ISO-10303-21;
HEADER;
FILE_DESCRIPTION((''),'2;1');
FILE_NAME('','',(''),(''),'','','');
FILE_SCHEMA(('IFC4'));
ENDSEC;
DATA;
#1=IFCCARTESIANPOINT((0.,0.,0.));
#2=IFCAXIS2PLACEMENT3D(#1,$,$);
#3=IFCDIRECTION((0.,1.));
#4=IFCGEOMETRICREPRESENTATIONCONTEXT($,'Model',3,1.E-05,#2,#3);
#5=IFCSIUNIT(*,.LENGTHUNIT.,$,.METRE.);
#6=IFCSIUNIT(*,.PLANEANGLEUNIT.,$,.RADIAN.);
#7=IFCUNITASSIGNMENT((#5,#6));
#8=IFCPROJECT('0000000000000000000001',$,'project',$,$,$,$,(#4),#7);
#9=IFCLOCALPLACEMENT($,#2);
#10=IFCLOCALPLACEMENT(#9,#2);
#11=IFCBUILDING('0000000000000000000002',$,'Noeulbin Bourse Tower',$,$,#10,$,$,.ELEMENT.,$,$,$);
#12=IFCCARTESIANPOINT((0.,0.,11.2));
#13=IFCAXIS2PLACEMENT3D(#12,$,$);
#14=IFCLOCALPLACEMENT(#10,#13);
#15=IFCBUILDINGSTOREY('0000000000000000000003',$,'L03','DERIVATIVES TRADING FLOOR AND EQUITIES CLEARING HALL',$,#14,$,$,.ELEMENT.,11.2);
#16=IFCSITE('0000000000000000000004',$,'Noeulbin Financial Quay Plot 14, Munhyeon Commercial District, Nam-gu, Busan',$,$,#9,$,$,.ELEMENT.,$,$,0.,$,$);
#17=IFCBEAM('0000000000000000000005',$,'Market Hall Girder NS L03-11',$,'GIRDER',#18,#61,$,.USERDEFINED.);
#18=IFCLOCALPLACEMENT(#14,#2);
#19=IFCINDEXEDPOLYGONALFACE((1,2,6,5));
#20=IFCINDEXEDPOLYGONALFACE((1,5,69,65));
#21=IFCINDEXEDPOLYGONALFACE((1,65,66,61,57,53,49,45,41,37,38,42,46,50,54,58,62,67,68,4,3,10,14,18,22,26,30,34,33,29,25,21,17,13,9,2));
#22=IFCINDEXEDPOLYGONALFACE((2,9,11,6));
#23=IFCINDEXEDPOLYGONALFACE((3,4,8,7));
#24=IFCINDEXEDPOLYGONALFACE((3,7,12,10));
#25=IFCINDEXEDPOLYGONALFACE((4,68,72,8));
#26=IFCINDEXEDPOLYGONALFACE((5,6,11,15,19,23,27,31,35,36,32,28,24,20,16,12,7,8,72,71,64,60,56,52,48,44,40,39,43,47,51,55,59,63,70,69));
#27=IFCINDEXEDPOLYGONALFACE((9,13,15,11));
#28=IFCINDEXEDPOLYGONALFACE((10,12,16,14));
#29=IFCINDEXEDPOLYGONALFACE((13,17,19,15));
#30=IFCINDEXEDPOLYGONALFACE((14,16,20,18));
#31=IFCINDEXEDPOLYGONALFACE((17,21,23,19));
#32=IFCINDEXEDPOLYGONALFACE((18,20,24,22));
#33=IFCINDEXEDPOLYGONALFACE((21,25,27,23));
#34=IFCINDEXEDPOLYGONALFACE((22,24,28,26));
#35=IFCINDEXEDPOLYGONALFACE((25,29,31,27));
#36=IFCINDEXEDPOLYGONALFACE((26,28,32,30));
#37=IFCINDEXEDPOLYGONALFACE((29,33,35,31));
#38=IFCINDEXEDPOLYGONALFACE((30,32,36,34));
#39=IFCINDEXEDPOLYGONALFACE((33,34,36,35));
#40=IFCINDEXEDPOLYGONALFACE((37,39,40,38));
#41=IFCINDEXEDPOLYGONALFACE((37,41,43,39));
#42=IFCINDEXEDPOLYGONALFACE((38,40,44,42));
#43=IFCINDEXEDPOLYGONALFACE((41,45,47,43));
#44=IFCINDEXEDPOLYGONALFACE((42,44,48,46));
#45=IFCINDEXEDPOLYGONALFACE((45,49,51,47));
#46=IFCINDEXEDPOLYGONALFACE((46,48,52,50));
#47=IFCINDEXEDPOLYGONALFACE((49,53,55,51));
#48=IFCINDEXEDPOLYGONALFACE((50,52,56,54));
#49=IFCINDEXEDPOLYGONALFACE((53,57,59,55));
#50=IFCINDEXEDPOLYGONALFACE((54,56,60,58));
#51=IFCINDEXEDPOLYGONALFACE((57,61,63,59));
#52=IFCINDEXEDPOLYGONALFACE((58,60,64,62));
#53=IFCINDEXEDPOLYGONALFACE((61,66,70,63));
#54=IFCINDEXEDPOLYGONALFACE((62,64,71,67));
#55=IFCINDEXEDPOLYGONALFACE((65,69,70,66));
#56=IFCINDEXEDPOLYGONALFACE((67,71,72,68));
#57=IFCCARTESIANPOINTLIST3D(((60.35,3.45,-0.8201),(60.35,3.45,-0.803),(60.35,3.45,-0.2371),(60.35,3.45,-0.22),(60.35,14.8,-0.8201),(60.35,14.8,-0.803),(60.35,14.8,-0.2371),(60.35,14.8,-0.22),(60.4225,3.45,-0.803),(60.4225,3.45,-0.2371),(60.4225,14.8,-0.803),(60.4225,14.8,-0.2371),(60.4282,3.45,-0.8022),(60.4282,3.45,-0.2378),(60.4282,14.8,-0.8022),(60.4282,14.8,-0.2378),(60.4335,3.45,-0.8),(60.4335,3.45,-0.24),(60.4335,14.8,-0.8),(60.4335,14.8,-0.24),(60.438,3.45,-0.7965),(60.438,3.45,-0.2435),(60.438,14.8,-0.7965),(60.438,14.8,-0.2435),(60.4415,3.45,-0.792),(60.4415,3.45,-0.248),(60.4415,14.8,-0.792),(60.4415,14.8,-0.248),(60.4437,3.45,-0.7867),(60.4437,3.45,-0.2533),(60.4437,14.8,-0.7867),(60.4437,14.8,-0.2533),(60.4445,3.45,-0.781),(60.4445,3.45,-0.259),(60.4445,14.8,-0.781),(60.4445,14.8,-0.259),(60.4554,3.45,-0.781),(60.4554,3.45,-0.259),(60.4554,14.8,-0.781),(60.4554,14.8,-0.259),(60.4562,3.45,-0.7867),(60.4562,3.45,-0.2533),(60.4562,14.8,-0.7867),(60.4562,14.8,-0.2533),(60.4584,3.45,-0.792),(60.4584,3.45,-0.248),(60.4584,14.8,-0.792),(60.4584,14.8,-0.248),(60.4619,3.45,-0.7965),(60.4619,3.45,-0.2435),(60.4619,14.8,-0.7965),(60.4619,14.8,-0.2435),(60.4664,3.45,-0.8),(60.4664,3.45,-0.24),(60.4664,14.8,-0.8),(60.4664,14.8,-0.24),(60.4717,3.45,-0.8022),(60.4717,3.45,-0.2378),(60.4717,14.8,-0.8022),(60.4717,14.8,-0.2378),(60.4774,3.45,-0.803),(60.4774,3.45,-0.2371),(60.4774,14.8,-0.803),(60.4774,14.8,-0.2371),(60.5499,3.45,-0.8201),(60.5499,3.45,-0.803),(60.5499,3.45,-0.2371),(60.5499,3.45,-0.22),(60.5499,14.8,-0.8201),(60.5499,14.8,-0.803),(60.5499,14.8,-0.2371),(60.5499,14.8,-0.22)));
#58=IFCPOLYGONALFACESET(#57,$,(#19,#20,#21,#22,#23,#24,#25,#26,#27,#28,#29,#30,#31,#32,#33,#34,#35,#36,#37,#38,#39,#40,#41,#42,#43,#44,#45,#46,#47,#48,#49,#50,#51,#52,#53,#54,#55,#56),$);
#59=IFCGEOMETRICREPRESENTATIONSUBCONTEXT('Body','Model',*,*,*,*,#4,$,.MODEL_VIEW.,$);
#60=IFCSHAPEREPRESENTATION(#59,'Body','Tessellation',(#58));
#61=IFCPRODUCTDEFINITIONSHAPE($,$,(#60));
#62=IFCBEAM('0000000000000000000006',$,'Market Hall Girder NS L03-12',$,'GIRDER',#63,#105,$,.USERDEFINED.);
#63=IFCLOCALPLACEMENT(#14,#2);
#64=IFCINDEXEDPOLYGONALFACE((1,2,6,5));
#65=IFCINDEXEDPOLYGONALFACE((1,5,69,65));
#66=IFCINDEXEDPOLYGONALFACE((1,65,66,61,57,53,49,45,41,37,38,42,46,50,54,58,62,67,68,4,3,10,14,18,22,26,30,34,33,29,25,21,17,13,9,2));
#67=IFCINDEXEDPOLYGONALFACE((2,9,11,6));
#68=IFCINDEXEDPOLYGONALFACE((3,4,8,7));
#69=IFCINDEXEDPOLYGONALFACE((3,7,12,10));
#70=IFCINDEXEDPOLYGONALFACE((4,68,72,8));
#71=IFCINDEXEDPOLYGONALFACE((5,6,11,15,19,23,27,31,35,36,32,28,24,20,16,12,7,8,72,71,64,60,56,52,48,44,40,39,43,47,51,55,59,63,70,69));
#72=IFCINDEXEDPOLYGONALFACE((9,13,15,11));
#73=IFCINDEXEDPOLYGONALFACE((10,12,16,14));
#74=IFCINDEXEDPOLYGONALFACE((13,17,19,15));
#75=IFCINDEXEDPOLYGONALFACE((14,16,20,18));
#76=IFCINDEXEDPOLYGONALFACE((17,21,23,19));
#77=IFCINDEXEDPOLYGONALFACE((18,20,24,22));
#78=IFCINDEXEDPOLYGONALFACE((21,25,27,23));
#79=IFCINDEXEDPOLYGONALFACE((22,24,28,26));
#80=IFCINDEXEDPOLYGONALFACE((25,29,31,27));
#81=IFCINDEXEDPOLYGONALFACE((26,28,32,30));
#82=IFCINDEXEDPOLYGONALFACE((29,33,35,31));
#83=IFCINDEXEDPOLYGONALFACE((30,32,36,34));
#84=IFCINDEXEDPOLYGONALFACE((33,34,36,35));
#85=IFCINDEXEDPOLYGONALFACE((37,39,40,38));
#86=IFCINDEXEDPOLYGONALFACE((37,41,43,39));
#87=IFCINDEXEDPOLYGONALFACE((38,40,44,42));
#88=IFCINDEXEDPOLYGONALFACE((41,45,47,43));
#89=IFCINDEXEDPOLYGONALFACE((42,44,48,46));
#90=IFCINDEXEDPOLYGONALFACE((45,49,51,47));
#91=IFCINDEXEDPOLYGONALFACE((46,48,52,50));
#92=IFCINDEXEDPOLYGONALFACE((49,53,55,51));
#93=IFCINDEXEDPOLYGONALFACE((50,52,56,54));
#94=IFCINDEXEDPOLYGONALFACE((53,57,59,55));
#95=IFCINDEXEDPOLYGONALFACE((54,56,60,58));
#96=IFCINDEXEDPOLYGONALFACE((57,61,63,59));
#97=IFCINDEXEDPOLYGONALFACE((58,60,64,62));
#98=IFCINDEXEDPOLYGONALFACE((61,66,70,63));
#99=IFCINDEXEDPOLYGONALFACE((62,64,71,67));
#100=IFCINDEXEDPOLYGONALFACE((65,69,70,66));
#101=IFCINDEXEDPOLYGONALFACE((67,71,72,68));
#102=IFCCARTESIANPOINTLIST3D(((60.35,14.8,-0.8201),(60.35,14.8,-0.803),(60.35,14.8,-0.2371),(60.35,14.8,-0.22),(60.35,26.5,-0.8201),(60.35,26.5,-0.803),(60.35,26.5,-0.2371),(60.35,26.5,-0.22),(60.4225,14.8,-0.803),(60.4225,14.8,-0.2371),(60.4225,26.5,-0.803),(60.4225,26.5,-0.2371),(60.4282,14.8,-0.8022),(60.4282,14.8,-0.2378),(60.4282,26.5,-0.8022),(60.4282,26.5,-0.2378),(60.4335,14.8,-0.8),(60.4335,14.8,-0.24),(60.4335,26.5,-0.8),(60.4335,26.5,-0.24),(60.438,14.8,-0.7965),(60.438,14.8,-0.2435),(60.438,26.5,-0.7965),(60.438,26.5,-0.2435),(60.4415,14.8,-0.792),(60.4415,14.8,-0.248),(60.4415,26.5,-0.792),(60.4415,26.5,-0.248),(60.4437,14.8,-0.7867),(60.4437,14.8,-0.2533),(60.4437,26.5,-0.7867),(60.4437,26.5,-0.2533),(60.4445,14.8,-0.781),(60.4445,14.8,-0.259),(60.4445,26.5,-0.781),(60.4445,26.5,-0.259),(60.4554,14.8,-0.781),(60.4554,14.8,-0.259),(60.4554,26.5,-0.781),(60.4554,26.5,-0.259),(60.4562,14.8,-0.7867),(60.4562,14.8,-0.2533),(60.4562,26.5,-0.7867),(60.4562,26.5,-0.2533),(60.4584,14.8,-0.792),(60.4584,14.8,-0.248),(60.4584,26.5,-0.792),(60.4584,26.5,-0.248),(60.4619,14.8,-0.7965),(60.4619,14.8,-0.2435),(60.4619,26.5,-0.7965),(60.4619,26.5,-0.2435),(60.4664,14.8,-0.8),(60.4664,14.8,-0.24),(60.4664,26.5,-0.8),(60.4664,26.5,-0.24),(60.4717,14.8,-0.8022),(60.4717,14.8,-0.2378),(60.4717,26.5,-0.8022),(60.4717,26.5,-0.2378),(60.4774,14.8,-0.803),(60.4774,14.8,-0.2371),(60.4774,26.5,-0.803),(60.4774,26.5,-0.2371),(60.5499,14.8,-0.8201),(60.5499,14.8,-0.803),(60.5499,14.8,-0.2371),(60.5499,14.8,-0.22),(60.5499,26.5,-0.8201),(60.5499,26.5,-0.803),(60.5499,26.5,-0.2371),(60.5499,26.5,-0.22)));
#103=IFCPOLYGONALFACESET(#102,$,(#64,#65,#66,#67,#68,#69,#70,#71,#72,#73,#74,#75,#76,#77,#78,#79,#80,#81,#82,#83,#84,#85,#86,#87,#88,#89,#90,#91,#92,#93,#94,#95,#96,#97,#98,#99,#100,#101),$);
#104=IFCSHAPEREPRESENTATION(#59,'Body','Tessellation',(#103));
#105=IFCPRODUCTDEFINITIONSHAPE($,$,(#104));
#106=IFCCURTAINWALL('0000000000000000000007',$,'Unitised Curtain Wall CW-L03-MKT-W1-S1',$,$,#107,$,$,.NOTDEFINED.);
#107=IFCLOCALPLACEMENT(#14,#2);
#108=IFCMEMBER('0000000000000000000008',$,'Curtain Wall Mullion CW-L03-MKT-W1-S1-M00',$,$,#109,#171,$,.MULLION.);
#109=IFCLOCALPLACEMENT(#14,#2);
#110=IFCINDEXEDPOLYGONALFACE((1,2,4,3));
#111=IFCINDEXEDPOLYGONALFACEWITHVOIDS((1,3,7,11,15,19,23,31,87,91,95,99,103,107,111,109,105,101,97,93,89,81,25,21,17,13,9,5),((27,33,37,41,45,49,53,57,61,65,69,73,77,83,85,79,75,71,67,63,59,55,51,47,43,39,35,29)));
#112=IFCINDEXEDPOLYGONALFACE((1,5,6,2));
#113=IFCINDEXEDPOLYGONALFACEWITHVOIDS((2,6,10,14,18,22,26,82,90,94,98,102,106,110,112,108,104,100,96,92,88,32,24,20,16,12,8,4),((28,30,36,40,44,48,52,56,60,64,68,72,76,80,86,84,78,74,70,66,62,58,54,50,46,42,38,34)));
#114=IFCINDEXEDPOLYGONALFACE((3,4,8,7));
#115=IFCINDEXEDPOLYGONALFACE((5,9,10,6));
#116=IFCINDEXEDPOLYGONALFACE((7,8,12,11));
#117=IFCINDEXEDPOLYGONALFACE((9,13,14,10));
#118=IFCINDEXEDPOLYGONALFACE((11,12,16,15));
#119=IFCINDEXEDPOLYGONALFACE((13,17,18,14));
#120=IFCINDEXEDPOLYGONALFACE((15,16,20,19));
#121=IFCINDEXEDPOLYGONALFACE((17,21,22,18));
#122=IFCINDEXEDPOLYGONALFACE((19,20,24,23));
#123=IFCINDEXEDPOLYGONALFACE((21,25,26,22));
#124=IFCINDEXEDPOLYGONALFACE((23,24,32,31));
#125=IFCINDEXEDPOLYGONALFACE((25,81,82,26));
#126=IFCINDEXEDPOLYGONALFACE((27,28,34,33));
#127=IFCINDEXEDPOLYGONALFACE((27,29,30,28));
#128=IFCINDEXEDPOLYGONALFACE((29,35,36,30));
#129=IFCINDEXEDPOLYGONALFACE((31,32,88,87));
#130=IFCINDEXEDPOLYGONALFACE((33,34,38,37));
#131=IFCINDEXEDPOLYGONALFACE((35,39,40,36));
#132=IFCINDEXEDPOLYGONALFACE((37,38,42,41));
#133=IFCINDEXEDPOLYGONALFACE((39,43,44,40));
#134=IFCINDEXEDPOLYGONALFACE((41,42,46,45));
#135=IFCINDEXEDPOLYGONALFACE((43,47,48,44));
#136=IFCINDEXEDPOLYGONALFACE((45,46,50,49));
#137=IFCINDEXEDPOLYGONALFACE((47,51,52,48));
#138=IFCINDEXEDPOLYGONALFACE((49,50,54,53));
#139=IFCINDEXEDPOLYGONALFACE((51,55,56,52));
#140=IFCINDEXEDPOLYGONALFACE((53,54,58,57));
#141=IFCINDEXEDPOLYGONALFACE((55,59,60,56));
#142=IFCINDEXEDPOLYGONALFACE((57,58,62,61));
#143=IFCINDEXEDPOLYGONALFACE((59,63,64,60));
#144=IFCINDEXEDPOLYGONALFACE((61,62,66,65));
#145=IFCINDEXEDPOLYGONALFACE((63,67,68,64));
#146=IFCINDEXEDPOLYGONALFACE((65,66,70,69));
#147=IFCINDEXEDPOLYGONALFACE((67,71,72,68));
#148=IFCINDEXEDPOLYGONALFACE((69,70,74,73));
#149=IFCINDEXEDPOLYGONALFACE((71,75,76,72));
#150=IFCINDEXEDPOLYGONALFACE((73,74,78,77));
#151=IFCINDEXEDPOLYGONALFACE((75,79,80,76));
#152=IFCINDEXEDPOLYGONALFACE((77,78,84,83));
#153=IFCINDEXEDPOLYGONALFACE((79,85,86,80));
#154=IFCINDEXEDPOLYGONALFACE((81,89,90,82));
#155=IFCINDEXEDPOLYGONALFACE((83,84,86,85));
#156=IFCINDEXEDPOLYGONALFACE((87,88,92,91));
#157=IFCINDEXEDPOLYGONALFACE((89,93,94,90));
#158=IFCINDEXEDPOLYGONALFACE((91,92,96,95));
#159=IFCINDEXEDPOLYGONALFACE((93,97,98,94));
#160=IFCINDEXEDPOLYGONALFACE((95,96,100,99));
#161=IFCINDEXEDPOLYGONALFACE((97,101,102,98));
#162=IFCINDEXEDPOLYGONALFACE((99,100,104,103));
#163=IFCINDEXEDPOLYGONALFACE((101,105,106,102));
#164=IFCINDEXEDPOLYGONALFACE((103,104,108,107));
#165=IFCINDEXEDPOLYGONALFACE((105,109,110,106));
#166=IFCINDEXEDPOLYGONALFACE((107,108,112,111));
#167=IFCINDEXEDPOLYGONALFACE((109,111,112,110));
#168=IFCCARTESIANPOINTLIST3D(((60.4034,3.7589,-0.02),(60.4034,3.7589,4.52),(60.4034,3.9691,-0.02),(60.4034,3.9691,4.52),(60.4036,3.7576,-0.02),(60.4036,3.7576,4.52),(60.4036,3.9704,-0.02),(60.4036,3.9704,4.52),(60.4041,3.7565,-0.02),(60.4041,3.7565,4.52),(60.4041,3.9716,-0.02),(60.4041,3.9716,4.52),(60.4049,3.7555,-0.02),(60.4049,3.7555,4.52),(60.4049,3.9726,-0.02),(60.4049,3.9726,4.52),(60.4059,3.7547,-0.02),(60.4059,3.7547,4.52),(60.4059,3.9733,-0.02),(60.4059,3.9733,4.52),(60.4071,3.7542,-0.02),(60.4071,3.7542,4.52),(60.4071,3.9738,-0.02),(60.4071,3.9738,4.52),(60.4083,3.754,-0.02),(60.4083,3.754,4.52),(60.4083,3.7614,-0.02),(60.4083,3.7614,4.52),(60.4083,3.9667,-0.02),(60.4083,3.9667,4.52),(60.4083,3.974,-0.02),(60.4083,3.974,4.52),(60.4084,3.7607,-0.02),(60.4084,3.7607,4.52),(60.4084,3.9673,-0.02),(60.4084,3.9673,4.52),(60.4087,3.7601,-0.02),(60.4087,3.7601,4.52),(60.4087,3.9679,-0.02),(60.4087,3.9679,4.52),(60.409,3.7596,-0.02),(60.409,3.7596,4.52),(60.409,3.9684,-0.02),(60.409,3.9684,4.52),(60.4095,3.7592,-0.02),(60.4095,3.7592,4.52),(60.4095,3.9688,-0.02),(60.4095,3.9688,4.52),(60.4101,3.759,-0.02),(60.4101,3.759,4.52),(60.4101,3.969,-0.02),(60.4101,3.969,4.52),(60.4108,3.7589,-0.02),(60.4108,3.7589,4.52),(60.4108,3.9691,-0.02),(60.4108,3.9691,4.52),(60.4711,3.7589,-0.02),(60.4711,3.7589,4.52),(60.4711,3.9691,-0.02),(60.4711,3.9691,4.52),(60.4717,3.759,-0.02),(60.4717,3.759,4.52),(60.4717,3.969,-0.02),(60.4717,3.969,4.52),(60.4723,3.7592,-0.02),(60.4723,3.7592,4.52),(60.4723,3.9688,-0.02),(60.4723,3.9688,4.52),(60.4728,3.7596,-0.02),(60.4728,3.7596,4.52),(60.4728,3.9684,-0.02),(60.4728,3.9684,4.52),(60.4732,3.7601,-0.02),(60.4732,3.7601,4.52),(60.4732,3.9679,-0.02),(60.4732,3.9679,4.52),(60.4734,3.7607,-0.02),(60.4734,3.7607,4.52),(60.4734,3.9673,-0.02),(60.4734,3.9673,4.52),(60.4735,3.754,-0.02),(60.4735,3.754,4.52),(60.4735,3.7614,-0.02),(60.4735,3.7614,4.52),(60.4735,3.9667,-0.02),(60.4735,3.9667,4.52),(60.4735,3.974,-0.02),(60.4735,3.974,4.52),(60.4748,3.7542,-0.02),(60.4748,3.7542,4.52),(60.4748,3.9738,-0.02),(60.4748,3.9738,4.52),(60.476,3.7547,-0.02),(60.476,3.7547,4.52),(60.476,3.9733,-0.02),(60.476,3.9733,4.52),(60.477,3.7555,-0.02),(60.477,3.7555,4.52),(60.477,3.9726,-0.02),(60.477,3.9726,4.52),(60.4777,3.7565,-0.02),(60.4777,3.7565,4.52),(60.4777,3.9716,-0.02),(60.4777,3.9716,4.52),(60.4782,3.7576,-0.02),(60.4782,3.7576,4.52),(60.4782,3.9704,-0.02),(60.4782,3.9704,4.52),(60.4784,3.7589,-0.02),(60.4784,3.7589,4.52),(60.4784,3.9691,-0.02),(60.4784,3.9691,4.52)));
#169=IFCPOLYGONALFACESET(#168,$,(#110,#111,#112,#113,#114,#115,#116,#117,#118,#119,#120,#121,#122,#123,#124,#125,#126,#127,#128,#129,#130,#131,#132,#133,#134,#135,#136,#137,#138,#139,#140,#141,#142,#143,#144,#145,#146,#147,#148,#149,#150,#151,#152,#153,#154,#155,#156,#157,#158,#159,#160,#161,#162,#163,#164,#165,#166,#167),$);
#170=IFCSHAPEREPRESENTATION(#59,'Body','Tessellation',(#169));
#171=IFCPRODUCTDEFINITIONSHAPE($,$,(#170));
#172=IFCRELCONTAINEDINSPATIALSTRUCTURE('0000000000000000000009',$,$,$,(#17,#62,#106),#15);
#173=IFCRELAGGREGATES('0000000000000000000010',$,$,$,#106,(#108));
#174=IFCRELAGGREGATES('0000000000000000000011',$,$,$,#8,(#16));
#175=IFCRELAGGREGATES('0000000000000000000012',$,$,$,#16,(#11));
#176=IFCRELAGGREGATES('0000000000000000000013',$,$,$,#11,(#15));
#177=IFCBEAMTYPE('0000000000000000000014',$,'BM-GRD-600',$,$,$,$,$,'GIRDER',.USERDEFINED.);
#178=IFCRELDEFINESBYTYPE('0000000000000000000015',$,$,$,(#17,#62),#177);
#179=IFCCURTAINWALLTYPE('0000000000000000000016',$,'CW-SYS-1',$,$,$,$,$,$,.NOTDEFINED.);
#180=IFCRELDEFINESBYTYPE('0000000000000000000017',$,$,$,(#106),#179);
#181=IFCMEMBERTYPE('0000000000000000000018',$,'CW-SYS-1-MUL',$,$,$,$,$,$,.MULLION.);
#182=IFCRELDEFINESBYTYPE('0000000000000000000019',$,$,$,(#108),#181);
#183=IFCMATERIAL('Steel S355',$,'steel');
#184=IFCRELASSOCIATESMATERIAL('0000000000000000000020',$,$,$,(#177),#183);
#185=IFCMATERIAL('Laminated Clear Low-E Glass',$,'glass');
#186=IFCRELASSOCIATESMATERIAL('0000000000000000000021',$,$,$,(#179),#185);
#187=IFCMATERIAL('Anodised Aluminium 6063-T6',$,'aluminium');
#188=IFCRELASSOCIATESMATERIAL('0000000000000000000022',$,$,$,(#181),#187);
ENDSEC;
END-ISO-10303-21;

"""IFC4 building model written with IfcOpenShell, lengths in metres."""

from ifc_helpers import new_model, si_unit, direction, frame, origin, origin_2d, place, context, subcontext, project, spatial, hollow_rectangle, i_section, extrude, material, material_profile, profile_set, type_object, element, aggregate, save


model = new_model("IFC4")

# Units and contexts
model_context = context("Model", 3, precision=1e-05, world=origin(), true_north=direction((0.0, 1.0)))
body_context = subcontext(model_context, "Body", "Model", "MODEL_VIEW")
ifc_project = project(units=[si_unit("LENGTHUNIT", "METRE"), si_unit("PLANEANGLEUNIT", "RADIAN")], contexts=[model_context])

# Site, building, storey
site_placement = place(None, origin())
site = spatial("IfcSite", under=ifc_project, at=site_placement, Name="Noeulbin Financial Quay Plot 14, Munhyeon Commercial District, Nam-gu, Busan", CompositionType="ELEMENT", RefElevation=0.0)
building_placement = place(site_placement, origin())
building = spatial("IfcBuilding", under=site, at=building_placement, Name="Noeulbin Bourse Tower", CompositionType="ELEMENT")
storey_placement = place(building_placement, frame((0.0, 0.0, 11.2)))
storey = spatial("IfcBuildingStorey", under=building, at=storey_placement, Name="L03", Description="DERIVATIVES TRADING FLOOR AND EQUITIES CLEARING HALL", CompositionType="ELEMENT", Elevation=11.2)

# Shared definitions
ifc_material_1 = material(Name="Steel S355", Category="steel")

# Beams
ifc_material_profile_1 = material_profile(ifc_material_1, i_section(OverallWidth=0.2, OverallDepth=0.6001, WebThickness=0.011, FlangeThickness=0.0171, FilletRadius=0.022, at=origin_2d()), Name="H-600x200x11x17", Category="LoadBearing")
ifc_profile_set_1 = profile_set([ifc_material_profile_1], Name="Steel S355")
beam_type = type_object("IfcBeamType", Name="BM-GRD-600", ElementType="GIRDER", PredefinedType="USERDEFINED", material=ifc_profile_set_1)
beam_1_placement = place(storey_placement, frame((60.45, 3.45, -0.52), z_axis=(0.0, 1.0, 0.0), x_axis=(-1.0, 0.0, 0.0)))
element("IfcBeam", 1, at=beam_1_placement, inside=storey, type_object=beam_type, Name="Market Hall Girder NS L03-11", ObjectType="GIRDER", PredefinedType="USERDEFINED", context=body_context, shape_type="SweptSolid", body=[
    extrude(i_section(OverallWidth=0.2, OverallDepth=0.6001, WebThickness=0.011, FlangeThickness=0.0171, FilletRadius=0.022, at=origin_2d()), origin(), (0.0, 0.0, 1.0), 11.3501),
])
beam_2_placement = place(storey_placement, frame((60.45, 14.8, -0.52), z_axis=(0.0, 1.0, 0.0), x_axis=(-1.0, 0.0, 0.0)))
element("IfcBeam", 2, at=beam_2_placement, inside=storey, type_object=beam_type, Name="Market Hall Girder NS L03-12", ObjectType="GIRDER", PredefinedType="USERDEFINED", context=body_context, shape_type="SweptSolid", body=[
    extrude(i_section(OverallWidth=0.2, OverallDepth=0.6001, WebThickness=0.011, FlangeThickness=0.0171, FilletRadius=0.022, at=origin_2d()), origin(), (0.0, 0.0, 1.0), 11.7),
])

# Curtain wall, member
ifc_material_2 = material(Name="Laminated Clear Low-E Glass", Category="glass")
curtain_wall_type = type_object("IfcCurtainWallType", Name="CW-SYS-1", PredefinedType="NOTDEFINED", material=ifc_material_2)
curtain_wall_1_placement = place(storey_placement, origin())
curtain_wall_1 = element("IfcCurtainWall", 3, at=curtain_wall_1_placement, inside=storey, type_object=curtain_wall_type, Name="Unitised Curtain Wall CW-L03-MKT-W1-S1", PredefinedType="NOTDEFINED")
ifc_material_3 = material(Name="Anodised Aluminium 6063-T6", Category="aluminium")
ifc_material_profile_2 = material_profile(ifc_material_3, hollow_rectangle(XDim=0.075, YDim=0.22, WallThickness=0.0049, InnerFilletRadius=0.0024, OuterFilletRadius=0.0049, at=origin_2d()), Name="ALU-MULL-75x220x5", Category="LoadBearing")
ifc_profile_set_2 = profile_set([ifc_material_profile_2], Name="Anodised Aluminium 6063-T6")
member_type_1 = type_object("IfcMemberType", Name="CW-SYS-1-MUL", PredefinedType="MULLION", material=ifc_profile_set_2)
member_1_placement = place(storey_placement, frame((60.4409, 3.864, -0.02), z_axis=(0.0, 0.0, 1.0), x_axis=(1.0, 0.0, 0.0)))
member_1 = element("IfcMember", 4, at=member_1_placement, type_object=member_type_1, Name="Curtain Wall Mullion CW-L03-MKT-W1-S1-M00", PredefinedType="MULLION", context=body_context, shape_type="SweptSolid", body=[
    extrude(hollow_rectangle(XDim=0.075, YDim=0.22, WallThickness=0.0049, InnerFilletRadius=0.0024, OuterFilletRadius=0.0049, at=origin_2d()), origin(), (0.0, 0.0, 1.0), 4.54),
])

aggregate(curtain_wall_1, [member_1])

save(model, "model.ifc")
